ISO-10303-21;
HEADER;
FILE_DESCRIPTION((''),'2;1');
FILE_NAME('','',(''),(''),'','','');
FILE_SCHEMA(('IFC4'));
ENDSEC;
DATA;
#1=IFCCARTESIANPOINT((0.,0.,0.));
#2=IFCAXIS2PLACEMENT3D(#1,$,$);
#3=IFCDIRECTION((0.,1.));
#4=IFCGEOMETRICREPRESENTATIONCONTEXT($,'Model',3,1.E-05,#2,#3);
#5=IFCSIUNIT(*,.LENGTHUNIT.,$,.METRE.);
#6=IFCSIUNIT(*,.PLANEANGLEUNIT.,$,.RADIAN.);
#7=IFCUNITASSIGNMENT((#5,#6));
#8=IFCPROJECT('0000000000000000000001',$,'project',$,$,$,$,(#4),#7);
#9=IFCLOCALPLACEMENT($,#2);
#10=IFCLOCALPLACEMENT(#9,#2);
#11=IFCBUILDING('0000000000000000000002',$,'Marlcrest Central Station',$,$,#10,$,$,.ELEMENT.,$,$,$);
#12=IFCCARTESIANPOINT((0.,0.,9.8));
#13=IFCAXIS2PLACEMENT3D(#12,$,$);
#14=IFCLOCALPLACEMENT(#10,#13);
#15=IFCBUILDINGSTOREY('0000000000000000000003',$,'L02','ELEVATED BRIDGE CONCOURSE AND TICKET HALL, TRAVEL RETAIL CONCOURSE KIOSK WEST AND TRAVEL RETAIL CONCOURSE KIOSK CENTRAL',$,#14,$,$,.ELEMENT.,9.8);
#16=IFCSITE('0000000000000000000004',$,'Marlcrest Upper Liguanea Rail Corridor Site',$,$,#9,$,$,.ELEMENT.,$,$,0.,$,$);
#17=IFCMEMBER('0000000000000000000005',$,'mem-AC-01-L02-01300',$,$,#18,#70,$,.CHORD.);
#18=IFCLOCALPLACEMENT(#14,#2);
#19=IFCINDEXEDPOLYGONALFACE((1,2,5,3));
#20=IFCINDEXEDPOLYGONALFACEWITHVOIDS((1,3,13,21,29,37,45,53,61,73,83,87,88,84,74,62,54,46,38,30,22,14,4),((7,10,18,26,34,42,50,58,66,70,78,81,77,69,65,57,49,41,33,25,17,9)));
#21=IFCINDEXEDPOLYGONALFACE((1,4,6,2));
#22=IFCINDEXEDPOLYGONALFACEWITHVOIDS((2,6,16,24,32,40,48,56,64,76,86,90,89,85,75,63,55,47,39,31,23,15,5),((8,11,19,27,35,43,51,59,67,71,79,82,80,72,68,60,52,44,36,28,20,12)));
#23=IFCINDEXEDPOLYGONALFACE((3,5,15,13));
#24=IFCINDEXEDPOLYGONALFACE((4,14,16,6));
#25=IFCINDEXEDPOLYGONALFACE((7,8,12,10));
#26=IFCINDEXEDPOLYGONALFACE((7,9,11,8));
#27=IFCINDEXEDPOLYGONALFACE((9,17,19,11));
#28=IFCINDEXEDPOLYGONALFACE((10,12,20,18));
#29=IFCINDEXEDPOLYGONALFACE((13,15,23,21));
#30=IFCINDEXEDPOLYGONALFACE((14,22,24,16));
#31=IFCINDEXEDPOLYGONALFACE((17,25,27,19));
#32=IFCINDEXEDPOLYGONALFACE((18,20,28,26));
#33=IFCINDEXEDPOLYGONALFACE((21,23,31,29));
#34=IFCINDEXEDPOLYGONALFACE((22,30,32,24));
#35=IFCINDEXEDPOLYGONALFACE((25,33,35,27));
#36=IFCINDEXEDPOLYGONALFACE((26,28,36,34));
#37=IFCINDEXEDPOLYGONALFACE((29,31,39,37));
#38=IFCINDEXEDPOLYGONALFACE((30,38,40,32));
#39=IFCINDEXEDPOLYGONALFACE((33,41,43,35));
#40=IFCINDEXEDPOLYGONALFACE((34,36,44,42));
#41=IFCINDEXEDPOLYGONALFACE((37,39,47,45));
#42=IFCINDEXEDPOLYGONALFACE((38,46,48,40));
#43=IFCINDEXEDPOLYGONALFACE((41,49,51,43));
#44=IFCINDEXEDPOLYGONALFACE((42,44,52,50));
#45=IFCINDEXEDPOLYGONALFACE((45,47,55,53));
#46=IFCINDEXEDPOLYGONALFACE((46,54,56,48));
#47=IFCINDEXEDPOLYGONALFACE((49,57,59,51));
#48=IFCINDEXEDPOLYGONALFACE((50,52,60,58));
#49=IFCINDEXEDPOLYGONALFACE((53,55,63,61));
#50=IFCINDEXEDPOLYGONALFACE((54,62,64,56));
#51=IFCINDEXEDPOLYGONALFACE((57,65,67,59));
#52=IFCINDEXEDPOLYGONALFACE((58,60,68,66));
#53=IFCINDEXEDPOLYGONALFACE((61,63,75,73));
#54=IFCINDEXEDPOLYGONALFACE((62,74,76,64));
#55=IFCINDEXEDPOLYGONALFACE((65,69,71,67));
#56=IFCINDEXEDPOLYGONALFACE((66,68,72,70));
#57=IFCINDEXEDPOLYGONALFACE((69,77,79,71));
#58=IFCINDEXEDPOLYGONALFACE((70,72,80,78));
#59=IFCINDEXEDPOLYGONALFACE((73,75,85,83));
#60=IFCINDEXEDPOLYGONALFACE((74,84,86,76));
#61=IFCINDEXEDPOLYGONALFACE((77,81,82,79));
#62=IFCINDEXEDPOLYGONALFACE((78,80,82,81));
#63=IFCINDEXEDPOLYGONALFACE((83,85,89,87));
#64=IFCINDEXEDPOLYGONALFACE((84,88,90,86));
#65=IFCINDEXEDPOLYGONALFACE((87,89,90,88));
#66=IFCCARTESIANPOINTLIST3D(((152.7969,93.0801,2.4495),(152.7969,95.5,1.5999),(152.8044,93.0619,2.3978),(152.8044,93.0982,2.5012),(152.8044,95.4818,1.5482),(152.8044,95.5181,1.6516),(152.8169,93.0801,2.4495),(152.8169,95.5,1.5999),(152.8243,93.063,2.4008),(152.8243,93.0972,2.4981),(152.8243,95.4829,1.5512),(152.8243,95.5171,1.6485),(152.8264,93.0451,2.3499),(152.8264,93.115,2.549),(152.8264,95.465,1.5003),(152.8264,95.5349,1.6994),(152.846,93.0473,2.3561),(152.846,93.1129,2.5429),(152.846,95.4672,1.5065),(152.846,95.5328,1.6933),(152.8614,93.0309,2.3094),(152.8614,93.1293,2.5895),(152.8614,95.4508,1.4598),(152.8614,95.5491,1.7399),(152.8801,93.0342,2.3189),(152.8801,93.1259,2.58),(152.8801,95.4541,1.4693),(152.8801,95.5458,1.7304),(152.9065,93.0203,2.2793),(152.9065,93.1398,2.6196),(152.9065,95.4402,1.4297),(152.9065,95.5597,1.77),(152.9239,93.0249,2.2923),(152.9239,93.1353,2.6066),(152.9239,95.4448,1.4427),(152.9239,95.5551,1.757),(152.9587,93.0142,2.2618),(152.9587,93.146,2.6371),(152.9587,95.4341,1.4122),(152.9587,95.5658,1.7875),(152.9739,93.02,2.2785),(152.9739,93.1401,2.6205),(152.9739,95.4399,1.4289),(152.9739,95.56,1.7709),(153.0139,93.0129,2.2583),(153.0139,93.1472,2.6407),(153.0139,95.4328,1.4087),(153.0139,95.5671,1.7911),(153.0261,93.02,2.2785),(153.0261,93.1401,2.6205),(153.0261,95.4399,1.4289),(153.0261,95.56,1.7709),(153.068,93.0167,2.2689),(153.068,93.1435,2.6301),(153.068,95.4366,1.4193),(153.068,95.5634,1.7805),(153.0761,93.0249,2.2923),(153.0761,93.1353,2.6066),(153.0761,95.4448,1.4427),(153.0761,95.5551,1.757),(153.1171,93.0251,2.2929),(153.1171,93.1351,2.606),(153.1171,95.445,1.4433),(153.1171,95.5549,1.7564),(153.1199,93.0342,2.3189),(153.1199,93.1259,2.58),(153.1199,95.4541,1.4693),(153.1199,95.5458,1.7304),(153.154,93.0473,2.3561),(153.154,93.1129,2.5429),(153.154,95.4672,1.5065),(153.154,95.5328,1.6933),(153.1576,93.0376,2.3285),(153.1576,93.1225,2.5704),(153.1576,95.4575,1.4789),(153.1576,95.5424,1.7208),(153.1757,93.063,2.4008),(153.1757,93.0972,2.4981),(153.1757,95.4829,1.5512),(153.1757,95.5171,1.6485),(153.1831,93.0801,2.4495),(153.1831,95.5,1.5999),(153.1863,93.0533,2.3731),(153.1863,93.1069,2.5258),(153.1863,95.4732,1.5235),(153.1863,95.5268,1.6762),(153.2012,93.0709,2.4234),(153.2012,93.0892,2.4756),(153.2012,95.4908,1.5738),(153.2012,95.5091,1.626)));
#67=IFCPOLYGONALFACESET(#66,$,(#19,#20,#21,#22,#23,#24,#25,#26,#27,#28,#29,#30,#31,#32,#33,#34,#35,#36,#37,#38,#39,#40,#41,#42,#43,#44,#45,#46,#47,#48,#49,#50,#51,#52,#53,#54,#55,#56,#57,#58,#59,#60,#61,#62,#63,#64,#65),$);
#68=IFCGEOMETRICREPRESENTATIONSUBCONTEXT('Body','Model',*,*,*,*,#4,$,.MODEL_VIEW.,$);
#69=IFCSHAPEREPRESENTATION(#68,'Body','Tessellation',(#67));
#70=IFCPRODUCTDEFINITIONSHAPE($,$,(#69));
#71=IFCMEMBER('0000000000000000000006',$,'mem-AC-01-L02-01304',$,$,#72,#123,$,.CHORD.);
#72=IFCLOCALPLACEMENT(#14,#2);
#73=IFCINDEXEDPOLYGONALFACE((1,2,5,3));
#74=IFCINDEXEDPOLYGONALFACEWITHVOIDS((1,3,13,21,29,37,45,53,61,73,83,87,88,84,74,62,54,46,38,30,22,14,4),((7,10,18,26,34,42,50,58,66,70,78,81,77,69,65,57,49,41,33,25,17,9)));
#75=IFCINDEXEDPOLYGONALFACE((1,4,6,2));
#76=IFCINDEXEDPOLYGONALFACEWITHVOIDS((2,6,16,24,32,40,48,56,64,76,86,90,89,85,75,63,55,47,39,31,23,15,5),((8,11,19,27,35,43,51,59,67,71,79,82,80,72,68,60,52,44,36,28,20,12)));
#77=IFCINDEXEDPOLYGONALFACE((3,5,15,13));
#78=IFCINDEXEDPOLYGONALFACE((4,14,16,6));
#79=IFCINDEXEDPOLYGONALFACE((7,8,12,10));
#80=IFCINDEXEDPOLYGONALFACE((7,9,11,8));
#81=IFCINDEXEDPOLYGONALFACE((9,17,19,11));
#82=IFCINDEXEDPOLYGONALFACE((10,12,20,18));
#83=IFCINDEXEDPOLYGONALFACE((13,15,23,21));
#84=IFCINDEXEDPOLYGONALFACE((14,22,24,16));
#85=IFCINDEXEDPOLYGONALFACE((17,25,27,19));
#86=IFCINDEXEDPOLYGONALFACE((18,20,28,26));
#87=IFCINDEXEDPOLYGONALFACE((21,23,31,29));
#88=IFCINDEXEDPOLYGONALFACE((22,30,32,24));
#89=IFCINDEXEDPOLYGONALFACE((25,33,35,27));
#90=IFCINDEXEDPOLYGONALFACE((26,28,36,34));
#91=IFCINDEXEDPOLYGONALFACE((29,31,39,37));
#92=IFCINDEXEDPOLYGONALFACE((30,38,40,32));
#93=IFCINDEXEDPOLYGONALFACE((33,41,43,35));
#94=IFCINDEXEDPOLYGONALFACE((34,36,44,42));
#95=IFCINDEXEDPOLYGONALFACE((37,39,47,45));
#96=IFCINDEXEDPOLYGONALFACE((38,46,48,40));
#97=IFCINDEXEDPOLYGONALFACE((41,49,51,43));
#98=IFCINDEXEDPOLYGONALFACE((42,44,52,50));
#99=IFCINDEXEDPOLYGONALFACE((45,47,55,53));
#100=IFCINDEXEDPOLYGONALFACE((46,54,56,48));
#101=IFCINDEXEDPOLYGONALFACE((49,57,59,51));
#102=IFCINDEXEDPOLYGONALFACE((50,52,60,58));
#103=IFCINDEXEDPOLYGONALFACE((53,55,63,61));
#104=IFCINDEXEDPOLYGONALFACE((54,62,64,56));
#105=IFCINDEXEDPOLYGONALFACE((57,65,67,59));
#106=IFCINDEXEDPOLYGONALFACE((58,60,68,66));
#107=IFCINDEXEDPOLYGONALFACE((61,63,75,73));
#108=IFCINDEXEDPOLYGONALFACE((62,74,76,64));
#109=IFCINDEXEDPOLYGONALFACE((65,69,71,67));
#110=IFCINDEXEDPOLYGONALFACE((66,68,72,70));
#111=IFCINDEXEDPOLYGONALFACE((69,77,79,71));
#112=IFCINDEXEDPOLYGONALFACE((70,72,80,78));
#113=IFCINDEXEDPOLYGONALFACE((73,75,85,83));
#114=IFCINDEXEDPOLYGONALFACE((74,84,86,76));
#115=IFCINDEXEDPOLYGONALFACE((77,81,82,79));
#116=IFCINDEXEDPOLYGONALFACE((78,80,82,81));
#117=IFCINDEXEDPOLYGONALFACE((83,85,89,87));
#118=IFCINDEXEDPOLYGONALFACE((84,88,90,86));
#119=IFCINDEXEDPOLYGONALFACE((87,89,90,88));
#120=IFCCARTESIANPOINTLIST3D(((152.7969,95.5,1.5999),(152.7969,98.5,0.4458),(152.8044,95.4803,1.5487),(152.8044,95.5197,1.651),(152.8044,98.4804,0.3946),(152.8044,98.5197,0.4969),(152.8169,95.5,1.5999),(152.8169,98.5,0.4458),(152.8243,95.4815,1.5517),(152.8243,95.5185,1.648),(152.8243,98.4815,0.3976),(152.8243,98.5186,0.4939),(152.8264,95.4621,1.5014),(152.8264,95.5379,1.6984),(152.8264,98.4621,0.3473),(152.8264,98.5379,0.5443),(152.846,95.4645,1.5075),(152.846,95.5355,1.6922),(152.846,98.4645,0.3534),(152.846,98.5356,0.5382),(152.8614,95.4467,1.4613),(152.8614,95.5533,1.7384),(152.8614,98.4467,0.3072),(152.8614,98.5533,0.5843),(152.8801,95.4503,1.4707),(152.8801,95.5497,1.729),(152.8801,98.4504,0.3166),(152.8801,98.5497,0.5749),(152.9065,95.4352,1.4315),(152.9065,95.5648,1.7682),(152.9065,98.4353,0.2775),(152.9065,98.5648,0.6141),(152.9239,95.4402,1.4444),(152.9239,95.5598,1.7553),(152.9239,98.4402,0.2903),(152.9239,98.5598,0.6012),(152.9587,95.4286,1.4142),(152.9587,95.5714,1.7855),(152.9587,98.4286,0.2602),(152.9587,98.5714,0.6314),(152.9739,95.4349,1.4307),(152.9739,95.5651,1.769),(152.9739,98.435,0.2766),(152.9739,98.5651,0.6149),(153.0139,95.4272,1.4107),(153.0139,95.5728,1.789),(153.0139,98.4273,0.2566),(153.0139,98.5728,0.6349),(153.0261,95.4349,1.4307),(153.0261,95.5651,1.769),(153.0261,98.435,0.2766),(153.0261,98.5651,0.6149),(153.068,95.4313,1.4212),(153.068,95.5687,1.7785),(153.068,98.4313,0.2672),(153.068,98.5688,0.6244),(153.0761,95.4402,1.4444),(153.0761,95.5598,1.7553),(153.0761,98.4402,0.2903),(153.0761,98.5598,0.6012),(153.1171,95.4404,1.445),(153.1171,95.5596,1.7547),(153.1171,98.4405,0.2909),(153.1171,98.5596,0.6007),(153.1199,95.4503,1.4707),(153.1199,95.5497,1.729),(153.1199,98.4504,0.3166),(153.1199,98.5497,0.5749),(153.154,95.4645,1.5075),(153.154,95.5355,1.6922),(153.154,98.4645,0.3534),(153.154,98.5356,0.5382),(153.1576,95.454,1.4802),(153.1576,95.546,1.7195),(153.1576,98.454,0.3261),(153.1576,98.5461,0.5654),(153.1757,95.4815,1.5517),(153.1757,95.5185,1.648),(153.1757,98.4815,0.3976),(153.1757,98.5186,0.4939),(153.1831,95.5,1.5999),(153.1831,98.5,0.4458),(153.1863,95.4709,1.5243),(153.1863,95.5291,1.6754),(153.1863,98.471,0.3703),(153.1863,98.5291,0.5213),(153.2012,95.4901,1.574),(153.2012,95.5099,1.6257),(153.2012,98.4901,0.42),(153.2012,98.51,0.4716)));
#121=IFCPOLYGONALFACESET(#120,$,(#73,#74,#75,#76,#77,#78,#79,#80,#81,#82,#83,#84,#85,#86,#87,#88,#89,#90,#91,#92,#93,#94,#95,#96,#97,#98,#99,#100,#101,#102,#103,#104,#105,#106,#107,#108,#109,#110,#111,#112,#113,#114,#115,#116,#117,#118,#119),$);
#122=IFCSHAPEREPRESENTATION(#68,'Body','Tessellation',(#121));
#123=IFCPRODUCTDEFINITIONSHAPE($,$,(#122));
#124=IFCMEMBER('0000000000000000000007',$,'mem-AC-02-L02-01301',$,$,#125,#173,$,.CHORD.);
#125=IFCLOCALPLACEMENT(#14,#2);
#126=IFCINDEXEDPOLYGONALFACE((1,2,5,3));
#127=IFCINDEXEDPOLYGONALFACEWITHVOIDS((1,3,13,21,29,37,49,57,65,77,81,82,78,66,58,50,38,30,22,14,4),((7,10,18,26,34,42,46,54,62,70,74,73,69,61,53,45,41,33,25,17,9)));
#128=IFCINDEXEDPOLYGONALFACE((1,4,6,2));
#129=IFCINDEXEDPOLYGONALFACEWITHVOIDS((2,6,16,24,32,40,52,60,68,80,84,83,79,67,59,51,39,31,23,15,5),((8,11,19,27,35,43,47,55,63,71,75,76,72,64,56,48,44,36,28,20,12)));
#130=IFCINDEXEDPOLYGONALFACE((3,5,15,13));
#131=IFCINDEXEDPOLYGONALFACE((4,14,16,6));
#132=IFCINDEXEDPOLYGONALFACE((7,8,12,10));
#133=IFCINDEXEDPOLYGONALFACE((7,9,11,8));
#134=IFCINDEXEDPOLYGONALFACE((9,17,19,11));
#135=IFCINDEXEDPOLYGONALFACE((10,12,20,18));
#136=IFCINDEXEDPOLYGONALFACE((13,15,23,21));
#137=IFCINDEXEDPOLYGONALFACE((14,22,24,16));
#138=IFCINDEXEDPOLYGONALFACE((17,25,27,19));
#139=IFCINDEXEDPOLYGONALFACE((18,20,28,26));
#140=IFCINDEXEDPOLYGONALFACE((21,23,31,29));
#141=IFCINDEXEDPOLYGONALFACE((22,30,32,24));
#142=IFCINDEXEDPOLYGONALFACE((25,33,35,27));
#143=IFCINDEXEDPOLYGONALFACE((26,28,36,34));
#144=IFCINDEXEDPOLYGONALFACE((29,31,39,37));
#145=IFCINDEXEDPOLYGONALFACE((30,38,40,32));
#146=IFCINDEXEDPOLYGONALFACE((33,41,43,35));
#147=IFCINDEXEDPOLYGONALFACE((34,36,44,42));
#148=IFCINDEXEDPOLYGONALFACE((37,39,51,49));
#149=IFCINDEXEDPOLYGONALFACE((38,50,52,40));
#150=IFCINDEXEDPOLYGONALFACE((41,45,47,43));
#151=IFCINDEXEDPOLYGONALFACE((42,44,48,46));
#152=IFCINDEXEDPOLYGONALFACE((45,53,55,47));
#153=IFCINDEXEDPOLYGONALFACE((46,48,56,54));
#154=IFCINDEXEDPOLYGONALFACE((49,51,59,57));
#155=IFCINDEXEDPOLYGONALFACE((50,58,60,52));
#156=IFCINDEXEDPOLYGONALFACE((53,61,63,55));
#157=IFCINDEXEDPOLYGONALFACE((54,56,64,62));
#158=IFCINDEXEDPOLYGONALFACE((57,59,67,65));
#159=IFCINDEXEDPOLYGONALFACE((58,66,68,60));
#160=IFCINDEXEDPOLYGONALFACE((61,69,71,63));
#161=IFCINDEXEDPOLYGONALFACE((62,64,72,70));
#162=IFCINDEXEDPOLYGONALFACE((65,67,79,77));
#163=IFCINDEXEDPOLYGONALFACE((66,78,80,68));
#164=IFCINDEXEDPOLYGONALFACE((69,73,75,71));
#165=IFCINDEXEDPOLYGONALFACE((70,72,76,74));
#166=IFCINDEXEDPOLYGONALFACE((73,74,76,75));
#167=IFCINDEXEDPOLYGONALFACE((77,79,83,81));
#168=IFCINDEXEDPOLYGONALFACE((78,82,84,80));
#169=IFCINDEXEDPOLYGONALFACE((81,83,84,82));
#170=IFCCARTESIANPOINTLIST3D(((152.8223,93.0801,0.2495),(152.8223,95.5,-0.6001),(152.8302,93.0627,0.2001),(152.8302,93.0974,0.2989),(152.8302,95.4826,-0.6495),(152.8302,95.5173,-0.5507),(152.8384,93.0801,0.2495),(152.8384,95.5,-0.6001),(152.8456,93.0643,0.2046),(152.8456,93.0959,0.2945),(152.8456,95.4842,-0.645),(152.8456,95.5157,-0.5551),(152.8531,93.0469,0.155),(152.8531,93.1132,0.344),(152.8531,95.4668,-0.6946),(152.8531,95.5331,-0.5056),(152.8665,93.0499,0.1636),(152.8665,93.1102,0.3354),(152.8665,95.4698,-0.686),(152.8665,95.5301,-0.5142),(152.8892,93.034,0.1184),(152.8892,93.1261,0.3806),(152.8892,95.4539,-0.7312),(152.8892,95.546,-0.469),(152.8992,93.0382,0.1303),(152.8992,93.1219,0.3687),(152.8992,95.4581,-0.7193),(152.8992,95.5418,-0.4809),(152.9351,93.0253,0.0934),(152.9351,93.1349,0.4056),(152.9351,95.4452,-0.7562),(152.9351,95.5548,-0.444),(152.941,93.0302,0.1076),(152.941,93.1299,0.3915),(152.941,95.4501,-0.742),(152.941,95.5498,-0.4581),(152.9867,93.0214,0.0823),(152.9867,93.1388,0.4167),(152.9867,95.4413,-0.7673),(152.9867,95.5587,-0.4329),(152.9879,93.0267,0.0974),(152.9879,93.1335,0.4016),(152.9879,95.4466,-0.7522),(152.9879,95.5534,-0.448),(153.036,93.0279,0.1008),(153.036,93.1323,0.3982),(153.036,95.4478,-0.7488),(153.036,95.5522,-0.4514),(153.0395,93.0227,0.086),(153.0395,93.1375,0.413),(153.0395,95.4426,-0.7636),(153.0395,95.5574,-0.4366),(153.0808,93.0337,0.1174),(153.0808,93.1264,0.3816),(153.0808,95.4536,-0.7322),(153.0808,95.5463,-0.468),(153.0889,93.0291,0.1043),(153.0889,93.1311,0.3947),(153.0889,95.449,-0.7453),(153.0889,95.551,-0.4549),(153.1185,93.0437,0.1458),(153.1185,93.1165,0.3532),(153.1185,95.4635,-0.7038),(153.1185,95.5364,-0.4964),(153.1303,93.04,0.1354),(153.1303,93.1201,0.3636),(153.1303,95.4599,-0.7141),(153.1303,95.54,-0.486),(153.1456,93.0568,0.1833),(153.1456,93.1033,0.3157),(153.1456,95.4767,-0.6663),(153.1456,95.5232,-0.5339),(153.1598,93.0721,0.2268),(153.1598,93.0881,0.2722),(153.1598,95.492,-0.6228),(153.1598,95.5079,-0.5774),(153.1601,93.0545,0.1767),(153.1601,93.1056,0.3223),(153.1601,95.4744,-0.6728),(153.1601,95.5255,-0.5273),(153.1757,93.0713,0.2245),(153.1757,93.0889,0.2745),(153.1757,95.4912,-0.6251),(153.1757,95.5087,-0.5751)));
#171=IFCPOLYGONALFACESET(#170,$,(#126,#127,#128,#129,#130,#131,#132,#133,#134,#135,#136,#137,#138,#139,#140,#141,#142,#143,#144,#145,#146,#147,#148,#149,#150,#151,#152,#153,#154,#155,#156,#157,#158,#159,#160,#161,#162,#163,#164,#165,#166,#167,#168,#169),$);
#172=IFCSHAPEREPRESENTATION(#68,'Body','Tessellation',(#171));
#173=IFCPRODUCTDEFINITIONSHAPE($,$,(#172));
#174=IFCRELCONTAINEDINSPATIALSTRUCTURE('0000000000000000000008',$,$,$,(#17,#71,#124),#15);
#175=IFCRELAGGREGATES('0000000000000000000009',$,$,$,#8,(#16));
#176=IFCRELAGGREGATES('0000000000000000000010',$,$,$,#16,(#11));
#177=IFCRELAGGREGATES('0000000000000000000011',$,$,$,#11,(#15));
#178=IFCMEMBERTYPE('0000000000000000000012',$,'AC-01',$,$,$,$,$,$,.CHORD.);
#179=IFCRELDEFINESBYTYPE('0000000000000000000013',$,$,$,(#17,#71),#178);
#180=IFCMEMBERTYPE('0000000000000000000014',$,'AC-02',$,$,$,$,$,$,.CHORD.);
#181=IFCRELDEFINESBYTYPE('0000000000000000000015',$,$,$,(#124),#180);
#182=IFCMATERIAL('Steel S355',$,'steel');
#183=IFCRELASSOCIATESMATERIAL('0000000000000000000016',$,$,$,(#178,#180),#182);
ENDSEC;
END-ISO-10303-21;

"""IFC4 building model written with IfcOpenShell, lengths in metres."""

from ifc_helpers import new_model, si_unit, direction, frame, origin, origin_2d, place, context, subcontext, project, spatial, hollow_circle, extrude, material, material_profile, profile_set, type_object, element, save


model = new_model("IFC4")

# Units and contexts
model_context = context("Model", 3, precision=1e-05, world=origin(), true_north=direction((0.0, 1.0)))
body_context = subcontext(model_context, "Body", "Model", "MODEL_VIEW")
ifc_project = project(units=[si_unit("LENGTHUNIT", "METRE"), si_unit("PLANEANGLEUNIT", "RADIAN")], contexts=[model_context])

# Site, building, storey
site_placement = place(None, origin())
site = spatial("IfcSite", under=ifc_project, at=site_placement, Name="Marlcrest Upper Liguanea Rail Corridor Site", CompositionType="ELEMENT", RefElevation=0.0)
building_placement = place(site_placement, origin())
building = spatial("IfcBuilding", under=site, at=building_placement, Name="Marlcrest Central Station", CompositionType="ELEMENT")
storey_placement = place(building_placement, frame((0.0, 0.0, 9.8)))
storey = spatial("IfcBuildingStorey", under=building, at=storey_placement, Name="L02", Description="ELEVATED BRIDGE CONCOURSE AND TICKET HALL, TRAVEL RETAIL CONCOURSE KIOSK WEST AND TRAVEL RETAIL CONCOURSE KIOSK CENTRAL", CompositionType="ELEMENT", Elevation=9.8)

# Members
ifc_material_1 = material(Name="Steel S355", Category="steel")
ifc_material_profile_1 = material_profile(ifc_material_1, hollow_circle(Radius=0.2031, WallThickness=0.02, at=origin_2d()), Name="CHS 406.4x20")
ifc_profile_set_1 = profile_set([ifc_material_profile_1], Name="Steel S355")
member_type_1 = type_object("IfcMemberType", Name="AC-01", PredefinedType="CHORD", material=ifc_profile_set_1)
member_1_placement = place(storey_placement, frame((153.0, 93.0801, 2.4495), z_axis=(0.0, 0.943537, -0.331266), x_axis=(-1.0, 0.0, 0.0)))
element("IfcMember", 1, at=member_1_placement, inside=storey, type_object=member_type_1, Name="mem-AC-01-L02-01300", PredefinedType="CHORD", context=body_context, shape_type="SweptSolid", body=[
    extrude(hollow_circle(Radius=0.2031, WallThickness=0.02, at=origin_2d()), origin(), (0.0, 0.0, 1.0), 2.5647),
])
member_2_placement = place(storey_placement, frame((153.0, 95.5, 1.5999), z_axis=(0.0, 0.933324, -0.359035), x_axis=(-1.0, 0.0, 0.0)))
element("IfcMember", 2, at=member_2_placement, inside=storey, type_object=member_type_1, Name="mem-AC-01-L02-01304", PredefinedType="CHORD", context=body_context, shape_type="SweptSolid", body=[
    extrude(hollow_circle(Radius=0.2031, WallThickness=0.02, at=origin_2d()), origin(), (0.0, 0.0, 1.0), 3.2144),
])
ifc_material_profile_2 = material_profile(ifc_material_1, hollow_circle(Radius=0.1777, WallThickness=0.0161, at=origin_2d()), Name="CHS 355.6x16")
ifc_profile_set_2 = profile_set([ifc_material_profile_2], Name="Steel S355")
member_type_2 = type_object("IfcMemberType", Name="AC-02", PredefinedType="CHORD", material=ifc_profile_set_2)
member_3_placement = place(storey_placement, frame((153.0, 93.0801, 0.2495), z_axis=(0.0, 0.943537, -0.331266), x_axis=(-1.0, 0.0, 0.0)))
element("IfcMember", 3, at=member_3_placement, inside=storey, type_object=member_type_2, Name="mem-AC-02-L02-01301", PredefinedType="CHORD", context=body_context, shape_type="SweptSolid", body=[
    extrude(hollow_circle(Radius=0.1777, WallThickness=0.0161, at=origin_2d()), origin(), (0.0, 0.0, 1.0), 2.5647),
])

save(model, "model.ifc")
